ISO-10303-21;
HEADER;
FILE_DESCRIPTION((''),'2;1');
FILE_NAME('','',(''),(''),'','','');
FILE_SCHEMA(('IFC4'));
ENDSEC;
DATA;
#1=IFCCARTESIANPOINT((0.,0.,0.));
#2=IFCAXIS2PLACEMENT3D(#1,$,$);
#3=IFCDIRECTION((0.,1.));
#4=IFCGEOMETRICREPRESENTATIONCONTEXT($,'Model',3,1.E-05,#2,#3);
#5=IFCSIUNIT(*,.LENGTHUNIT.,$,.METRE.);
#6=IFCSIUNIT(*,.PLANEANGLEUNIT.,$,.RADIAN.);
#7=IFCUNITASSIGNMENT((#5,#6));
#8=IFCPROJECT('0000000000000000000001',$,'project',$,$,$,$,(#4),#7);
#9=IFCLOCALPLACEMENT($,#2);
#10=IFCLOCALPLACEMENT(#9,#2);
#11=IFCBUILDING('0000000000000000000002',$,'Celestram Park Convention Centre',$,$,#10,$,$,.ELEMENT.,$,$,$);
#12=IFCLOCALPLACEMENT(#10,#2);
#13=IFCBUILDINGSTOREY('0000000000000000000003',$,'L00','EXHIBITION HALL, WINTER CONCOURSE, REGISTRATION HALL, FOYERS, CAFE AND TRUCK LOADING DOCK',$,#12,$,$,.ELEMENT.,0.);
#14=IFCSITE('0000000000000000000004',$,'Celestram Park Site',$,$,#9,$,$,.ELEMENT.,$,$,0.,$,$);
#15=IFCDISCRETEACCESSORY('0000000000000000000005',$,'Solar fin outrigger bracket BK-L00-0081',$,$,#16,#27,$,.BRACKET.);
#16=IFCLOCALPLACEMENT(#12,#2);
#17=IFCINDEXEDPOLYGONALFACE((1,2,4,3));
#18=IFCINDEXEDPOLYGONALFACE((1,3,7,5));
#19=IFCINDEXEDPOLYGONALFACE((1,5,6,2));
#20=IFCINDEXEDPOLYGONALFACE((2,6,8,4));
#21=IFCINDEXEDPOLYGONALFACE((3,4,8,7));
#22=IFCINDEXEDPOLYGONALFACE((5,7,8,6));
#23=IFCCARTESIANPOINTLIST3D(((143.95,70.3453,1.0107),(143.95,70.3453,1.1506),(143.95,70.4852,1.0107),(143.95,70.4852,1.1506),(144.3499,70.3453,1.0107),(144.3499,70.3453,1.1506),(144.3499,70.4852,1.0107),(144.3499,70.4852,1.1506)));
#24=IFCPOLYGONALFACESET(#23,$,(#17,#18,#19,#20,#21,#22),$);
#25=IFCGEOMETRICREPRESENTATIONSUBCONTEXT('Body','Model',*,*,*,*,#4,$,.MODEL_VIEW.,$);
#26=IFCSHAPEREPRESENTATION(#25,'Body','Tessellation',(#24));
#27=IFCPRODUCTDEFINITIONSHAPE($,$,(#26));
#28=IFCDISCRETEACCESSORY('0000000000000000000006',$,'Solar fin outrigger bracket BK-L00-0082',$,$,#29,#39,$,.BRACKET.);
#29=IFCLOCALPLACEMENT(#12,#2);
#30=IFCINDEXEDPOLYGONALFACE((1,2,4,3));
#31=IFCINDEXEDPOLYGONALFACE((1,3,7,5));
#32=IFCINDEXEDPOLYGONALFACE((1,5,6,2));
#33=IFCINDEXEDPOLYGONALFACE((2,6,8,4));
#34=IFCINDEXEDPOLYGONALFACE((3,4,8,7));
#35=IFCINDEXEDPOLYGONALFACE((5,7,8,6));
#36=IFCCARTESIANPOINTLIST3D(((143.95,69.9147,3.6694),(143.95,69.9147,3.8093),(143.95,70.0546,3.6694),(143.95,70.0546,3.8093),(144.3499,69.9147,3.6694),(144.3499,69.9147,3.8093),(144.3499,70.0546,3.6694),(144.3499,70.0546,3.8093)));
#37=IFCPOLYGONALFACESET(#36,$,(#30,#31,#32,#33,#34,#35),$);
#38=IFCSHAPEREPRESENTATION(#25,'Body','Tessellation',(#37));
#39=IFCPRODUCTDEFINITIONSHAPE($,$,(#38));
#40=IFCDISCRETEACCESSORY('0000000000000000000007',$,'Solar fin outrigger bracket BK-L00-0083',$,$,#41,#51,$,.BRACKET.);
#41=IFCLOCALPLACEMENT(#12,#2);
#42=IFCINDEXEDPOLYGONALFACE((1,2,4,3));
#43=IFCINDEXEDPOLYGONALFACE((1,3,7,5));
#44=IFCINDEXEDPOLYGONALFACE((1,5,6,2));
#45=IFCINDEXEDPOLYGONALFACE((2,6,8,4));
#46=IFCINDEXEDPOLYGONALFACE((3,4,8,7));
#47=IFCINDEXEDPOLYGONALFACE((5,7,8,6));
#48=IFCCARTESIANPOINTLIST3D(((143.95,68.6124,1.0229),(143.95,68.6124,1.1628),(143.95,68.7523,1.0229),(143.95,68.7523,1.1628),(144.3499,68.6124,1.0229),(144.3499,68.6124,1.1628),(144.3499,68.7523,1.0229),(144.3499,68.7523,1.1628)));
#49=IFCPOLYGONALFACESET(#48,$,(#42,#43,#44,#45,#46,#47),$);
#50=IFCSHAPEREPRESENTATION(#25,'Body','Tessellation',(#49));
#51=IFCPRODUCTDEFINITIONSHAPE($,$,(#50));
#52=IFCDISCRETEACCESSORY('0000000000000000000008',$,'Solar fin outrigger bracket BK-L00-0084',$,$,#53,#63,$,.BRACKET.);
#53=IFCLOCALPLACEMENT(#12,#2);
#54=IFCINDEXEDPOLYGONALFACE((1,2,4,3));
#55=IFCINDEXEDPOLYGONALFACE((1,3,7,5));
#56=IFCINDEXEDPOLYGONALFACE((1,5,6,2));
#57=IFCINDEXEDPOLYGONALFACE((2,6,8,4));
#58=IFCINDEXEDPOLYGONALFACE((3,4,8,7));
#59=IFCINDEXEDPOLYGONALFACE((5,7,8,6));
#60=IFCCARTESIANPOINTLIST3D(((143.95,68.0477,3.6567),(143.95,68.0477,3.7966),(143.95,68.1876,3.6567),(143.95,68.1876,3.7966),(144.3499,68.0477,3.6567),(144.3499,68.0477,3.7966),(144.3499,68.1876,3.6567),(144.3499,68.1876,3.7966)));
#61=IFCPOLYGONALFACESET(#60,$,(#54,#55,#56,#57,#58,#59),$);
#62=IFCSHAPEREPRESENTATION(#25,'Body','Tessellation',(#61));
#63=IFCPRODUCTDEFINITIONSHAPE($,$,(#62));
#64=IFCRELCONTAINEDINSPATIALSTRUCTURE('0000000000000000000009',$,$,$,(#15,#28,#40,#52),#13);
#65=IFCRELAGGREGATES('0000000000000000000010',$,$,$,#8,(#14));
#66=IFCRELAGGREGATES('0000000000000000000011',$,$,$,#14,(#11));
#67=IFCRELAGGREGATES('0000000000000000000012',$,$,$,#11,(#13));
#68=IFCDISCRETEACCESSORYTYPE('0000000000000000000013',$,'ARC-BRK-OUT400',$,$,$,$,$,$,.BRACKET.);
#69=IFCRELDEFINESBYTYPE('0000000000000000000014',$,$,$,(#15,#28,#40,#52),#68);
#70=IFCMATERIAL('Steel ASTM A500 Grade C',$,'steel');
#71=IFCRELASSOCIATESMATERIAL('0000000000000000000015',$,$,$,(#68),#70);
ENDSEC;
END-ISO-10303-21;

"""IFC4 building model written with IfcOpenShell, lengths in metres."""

from ifc_helpers import new_model, si_unit, direction, frame, origin, origin_2d, place, context, subcontext, project, spatial, rectangle, extrude, material, type_object, element, save


model = new_model("IFC4")

# Units and contexts
model_context = context("Model", 3, precision=1e-05, world=origin(), true_north=direction((0.0, 1.0)))
body_context = subcontext(model_context, "Body", "Model", "MODEL_VIEW")
ifc_project = project(units=[si_unit("LENGTHUNIT", "METRE"), si_unit("PLANEANGLEUNIT", "RADIAN")], contexts=[model_context])

# Site, building, storey
site_placement = place(None, origin())
site = spatial("IfcSite", under=ifc_project, at=site_placement, Name="Celestram Park Site", CompositionType="ELEMENT", RefElevation=0.0)
building_placement = place(site_placement, origin())
building = spatial("IfcBuilding", under=site, at=building_placement, Name="Celestram Park Convention Centre", CompositionType="ELEMENT")
storey_placement = place(building_placement, origin())
storey = spatial("IfcBuildingStorey", under=building, at=storey_placement, Name="L00", Description="EXHIBITION HALL, WINTER CONCOURSE, REGISTRATION HALL, FOYERS, CAFE AND TRUCK LOADING DOCK", CompositionType="ELEMENT", Elevation=0.0)

# Shared definitions
ifc_material_1 = material(Name="Steel ASTM A500 Grade C", Category="steel")

# Discrete accessories
discrete_accessory_type = type_object("IfcDiscreteAccessoryType", Name="ARC-BRK-OUT400", PredefinedType="BRACKET", material=ifc_material_1)
for number, where, z_axis, x_axis, name in (
    (1, (144.1499, 70.4153, 1.0107), (0.0, 0.0, 1.0), (1.0, 0.0, 0.0), "Solar fin outrigger bracket BK-L00-0081"),
    (2, (144.1499, 69.9846, 3.6694), (0.0, 0.0, 1.0), (1.0, 0.0, 0.0), "Solar fin outrigger bracket BK-L00-0082"),
    (3, (144.1499, 68.6824, 1.0229), (0.0, 0.0, 1.0), (1.0, 0.0, 0.0), "Solar fin outrigger bracket BK-L00-0083"),
    (4, (144.1499, 68.1177, 3.6567), (0.0, 0.0, 1.0), (1.0, 0.0, 0.0), "Solar fin outrigger bracket BK-L00-0084"),
):
    element("IfcDiscreteAccessory", number, at=place(storey_placement, frame(where, z_axis=z_axis, x_axis=x_axis)), inside=storey, type_object=discrete_accessory_type, Name=name, PredefinedType="BRACKET", context=body_context, shape_type="SweptSolid", body=[
        extrude(rectangle(XDim=0.3999, YDim=0.1399, at=origin_2d()), origin(), (0.0, 0.0, 1.0), 0.1399),
    ])

save(model, "model.ifc")
